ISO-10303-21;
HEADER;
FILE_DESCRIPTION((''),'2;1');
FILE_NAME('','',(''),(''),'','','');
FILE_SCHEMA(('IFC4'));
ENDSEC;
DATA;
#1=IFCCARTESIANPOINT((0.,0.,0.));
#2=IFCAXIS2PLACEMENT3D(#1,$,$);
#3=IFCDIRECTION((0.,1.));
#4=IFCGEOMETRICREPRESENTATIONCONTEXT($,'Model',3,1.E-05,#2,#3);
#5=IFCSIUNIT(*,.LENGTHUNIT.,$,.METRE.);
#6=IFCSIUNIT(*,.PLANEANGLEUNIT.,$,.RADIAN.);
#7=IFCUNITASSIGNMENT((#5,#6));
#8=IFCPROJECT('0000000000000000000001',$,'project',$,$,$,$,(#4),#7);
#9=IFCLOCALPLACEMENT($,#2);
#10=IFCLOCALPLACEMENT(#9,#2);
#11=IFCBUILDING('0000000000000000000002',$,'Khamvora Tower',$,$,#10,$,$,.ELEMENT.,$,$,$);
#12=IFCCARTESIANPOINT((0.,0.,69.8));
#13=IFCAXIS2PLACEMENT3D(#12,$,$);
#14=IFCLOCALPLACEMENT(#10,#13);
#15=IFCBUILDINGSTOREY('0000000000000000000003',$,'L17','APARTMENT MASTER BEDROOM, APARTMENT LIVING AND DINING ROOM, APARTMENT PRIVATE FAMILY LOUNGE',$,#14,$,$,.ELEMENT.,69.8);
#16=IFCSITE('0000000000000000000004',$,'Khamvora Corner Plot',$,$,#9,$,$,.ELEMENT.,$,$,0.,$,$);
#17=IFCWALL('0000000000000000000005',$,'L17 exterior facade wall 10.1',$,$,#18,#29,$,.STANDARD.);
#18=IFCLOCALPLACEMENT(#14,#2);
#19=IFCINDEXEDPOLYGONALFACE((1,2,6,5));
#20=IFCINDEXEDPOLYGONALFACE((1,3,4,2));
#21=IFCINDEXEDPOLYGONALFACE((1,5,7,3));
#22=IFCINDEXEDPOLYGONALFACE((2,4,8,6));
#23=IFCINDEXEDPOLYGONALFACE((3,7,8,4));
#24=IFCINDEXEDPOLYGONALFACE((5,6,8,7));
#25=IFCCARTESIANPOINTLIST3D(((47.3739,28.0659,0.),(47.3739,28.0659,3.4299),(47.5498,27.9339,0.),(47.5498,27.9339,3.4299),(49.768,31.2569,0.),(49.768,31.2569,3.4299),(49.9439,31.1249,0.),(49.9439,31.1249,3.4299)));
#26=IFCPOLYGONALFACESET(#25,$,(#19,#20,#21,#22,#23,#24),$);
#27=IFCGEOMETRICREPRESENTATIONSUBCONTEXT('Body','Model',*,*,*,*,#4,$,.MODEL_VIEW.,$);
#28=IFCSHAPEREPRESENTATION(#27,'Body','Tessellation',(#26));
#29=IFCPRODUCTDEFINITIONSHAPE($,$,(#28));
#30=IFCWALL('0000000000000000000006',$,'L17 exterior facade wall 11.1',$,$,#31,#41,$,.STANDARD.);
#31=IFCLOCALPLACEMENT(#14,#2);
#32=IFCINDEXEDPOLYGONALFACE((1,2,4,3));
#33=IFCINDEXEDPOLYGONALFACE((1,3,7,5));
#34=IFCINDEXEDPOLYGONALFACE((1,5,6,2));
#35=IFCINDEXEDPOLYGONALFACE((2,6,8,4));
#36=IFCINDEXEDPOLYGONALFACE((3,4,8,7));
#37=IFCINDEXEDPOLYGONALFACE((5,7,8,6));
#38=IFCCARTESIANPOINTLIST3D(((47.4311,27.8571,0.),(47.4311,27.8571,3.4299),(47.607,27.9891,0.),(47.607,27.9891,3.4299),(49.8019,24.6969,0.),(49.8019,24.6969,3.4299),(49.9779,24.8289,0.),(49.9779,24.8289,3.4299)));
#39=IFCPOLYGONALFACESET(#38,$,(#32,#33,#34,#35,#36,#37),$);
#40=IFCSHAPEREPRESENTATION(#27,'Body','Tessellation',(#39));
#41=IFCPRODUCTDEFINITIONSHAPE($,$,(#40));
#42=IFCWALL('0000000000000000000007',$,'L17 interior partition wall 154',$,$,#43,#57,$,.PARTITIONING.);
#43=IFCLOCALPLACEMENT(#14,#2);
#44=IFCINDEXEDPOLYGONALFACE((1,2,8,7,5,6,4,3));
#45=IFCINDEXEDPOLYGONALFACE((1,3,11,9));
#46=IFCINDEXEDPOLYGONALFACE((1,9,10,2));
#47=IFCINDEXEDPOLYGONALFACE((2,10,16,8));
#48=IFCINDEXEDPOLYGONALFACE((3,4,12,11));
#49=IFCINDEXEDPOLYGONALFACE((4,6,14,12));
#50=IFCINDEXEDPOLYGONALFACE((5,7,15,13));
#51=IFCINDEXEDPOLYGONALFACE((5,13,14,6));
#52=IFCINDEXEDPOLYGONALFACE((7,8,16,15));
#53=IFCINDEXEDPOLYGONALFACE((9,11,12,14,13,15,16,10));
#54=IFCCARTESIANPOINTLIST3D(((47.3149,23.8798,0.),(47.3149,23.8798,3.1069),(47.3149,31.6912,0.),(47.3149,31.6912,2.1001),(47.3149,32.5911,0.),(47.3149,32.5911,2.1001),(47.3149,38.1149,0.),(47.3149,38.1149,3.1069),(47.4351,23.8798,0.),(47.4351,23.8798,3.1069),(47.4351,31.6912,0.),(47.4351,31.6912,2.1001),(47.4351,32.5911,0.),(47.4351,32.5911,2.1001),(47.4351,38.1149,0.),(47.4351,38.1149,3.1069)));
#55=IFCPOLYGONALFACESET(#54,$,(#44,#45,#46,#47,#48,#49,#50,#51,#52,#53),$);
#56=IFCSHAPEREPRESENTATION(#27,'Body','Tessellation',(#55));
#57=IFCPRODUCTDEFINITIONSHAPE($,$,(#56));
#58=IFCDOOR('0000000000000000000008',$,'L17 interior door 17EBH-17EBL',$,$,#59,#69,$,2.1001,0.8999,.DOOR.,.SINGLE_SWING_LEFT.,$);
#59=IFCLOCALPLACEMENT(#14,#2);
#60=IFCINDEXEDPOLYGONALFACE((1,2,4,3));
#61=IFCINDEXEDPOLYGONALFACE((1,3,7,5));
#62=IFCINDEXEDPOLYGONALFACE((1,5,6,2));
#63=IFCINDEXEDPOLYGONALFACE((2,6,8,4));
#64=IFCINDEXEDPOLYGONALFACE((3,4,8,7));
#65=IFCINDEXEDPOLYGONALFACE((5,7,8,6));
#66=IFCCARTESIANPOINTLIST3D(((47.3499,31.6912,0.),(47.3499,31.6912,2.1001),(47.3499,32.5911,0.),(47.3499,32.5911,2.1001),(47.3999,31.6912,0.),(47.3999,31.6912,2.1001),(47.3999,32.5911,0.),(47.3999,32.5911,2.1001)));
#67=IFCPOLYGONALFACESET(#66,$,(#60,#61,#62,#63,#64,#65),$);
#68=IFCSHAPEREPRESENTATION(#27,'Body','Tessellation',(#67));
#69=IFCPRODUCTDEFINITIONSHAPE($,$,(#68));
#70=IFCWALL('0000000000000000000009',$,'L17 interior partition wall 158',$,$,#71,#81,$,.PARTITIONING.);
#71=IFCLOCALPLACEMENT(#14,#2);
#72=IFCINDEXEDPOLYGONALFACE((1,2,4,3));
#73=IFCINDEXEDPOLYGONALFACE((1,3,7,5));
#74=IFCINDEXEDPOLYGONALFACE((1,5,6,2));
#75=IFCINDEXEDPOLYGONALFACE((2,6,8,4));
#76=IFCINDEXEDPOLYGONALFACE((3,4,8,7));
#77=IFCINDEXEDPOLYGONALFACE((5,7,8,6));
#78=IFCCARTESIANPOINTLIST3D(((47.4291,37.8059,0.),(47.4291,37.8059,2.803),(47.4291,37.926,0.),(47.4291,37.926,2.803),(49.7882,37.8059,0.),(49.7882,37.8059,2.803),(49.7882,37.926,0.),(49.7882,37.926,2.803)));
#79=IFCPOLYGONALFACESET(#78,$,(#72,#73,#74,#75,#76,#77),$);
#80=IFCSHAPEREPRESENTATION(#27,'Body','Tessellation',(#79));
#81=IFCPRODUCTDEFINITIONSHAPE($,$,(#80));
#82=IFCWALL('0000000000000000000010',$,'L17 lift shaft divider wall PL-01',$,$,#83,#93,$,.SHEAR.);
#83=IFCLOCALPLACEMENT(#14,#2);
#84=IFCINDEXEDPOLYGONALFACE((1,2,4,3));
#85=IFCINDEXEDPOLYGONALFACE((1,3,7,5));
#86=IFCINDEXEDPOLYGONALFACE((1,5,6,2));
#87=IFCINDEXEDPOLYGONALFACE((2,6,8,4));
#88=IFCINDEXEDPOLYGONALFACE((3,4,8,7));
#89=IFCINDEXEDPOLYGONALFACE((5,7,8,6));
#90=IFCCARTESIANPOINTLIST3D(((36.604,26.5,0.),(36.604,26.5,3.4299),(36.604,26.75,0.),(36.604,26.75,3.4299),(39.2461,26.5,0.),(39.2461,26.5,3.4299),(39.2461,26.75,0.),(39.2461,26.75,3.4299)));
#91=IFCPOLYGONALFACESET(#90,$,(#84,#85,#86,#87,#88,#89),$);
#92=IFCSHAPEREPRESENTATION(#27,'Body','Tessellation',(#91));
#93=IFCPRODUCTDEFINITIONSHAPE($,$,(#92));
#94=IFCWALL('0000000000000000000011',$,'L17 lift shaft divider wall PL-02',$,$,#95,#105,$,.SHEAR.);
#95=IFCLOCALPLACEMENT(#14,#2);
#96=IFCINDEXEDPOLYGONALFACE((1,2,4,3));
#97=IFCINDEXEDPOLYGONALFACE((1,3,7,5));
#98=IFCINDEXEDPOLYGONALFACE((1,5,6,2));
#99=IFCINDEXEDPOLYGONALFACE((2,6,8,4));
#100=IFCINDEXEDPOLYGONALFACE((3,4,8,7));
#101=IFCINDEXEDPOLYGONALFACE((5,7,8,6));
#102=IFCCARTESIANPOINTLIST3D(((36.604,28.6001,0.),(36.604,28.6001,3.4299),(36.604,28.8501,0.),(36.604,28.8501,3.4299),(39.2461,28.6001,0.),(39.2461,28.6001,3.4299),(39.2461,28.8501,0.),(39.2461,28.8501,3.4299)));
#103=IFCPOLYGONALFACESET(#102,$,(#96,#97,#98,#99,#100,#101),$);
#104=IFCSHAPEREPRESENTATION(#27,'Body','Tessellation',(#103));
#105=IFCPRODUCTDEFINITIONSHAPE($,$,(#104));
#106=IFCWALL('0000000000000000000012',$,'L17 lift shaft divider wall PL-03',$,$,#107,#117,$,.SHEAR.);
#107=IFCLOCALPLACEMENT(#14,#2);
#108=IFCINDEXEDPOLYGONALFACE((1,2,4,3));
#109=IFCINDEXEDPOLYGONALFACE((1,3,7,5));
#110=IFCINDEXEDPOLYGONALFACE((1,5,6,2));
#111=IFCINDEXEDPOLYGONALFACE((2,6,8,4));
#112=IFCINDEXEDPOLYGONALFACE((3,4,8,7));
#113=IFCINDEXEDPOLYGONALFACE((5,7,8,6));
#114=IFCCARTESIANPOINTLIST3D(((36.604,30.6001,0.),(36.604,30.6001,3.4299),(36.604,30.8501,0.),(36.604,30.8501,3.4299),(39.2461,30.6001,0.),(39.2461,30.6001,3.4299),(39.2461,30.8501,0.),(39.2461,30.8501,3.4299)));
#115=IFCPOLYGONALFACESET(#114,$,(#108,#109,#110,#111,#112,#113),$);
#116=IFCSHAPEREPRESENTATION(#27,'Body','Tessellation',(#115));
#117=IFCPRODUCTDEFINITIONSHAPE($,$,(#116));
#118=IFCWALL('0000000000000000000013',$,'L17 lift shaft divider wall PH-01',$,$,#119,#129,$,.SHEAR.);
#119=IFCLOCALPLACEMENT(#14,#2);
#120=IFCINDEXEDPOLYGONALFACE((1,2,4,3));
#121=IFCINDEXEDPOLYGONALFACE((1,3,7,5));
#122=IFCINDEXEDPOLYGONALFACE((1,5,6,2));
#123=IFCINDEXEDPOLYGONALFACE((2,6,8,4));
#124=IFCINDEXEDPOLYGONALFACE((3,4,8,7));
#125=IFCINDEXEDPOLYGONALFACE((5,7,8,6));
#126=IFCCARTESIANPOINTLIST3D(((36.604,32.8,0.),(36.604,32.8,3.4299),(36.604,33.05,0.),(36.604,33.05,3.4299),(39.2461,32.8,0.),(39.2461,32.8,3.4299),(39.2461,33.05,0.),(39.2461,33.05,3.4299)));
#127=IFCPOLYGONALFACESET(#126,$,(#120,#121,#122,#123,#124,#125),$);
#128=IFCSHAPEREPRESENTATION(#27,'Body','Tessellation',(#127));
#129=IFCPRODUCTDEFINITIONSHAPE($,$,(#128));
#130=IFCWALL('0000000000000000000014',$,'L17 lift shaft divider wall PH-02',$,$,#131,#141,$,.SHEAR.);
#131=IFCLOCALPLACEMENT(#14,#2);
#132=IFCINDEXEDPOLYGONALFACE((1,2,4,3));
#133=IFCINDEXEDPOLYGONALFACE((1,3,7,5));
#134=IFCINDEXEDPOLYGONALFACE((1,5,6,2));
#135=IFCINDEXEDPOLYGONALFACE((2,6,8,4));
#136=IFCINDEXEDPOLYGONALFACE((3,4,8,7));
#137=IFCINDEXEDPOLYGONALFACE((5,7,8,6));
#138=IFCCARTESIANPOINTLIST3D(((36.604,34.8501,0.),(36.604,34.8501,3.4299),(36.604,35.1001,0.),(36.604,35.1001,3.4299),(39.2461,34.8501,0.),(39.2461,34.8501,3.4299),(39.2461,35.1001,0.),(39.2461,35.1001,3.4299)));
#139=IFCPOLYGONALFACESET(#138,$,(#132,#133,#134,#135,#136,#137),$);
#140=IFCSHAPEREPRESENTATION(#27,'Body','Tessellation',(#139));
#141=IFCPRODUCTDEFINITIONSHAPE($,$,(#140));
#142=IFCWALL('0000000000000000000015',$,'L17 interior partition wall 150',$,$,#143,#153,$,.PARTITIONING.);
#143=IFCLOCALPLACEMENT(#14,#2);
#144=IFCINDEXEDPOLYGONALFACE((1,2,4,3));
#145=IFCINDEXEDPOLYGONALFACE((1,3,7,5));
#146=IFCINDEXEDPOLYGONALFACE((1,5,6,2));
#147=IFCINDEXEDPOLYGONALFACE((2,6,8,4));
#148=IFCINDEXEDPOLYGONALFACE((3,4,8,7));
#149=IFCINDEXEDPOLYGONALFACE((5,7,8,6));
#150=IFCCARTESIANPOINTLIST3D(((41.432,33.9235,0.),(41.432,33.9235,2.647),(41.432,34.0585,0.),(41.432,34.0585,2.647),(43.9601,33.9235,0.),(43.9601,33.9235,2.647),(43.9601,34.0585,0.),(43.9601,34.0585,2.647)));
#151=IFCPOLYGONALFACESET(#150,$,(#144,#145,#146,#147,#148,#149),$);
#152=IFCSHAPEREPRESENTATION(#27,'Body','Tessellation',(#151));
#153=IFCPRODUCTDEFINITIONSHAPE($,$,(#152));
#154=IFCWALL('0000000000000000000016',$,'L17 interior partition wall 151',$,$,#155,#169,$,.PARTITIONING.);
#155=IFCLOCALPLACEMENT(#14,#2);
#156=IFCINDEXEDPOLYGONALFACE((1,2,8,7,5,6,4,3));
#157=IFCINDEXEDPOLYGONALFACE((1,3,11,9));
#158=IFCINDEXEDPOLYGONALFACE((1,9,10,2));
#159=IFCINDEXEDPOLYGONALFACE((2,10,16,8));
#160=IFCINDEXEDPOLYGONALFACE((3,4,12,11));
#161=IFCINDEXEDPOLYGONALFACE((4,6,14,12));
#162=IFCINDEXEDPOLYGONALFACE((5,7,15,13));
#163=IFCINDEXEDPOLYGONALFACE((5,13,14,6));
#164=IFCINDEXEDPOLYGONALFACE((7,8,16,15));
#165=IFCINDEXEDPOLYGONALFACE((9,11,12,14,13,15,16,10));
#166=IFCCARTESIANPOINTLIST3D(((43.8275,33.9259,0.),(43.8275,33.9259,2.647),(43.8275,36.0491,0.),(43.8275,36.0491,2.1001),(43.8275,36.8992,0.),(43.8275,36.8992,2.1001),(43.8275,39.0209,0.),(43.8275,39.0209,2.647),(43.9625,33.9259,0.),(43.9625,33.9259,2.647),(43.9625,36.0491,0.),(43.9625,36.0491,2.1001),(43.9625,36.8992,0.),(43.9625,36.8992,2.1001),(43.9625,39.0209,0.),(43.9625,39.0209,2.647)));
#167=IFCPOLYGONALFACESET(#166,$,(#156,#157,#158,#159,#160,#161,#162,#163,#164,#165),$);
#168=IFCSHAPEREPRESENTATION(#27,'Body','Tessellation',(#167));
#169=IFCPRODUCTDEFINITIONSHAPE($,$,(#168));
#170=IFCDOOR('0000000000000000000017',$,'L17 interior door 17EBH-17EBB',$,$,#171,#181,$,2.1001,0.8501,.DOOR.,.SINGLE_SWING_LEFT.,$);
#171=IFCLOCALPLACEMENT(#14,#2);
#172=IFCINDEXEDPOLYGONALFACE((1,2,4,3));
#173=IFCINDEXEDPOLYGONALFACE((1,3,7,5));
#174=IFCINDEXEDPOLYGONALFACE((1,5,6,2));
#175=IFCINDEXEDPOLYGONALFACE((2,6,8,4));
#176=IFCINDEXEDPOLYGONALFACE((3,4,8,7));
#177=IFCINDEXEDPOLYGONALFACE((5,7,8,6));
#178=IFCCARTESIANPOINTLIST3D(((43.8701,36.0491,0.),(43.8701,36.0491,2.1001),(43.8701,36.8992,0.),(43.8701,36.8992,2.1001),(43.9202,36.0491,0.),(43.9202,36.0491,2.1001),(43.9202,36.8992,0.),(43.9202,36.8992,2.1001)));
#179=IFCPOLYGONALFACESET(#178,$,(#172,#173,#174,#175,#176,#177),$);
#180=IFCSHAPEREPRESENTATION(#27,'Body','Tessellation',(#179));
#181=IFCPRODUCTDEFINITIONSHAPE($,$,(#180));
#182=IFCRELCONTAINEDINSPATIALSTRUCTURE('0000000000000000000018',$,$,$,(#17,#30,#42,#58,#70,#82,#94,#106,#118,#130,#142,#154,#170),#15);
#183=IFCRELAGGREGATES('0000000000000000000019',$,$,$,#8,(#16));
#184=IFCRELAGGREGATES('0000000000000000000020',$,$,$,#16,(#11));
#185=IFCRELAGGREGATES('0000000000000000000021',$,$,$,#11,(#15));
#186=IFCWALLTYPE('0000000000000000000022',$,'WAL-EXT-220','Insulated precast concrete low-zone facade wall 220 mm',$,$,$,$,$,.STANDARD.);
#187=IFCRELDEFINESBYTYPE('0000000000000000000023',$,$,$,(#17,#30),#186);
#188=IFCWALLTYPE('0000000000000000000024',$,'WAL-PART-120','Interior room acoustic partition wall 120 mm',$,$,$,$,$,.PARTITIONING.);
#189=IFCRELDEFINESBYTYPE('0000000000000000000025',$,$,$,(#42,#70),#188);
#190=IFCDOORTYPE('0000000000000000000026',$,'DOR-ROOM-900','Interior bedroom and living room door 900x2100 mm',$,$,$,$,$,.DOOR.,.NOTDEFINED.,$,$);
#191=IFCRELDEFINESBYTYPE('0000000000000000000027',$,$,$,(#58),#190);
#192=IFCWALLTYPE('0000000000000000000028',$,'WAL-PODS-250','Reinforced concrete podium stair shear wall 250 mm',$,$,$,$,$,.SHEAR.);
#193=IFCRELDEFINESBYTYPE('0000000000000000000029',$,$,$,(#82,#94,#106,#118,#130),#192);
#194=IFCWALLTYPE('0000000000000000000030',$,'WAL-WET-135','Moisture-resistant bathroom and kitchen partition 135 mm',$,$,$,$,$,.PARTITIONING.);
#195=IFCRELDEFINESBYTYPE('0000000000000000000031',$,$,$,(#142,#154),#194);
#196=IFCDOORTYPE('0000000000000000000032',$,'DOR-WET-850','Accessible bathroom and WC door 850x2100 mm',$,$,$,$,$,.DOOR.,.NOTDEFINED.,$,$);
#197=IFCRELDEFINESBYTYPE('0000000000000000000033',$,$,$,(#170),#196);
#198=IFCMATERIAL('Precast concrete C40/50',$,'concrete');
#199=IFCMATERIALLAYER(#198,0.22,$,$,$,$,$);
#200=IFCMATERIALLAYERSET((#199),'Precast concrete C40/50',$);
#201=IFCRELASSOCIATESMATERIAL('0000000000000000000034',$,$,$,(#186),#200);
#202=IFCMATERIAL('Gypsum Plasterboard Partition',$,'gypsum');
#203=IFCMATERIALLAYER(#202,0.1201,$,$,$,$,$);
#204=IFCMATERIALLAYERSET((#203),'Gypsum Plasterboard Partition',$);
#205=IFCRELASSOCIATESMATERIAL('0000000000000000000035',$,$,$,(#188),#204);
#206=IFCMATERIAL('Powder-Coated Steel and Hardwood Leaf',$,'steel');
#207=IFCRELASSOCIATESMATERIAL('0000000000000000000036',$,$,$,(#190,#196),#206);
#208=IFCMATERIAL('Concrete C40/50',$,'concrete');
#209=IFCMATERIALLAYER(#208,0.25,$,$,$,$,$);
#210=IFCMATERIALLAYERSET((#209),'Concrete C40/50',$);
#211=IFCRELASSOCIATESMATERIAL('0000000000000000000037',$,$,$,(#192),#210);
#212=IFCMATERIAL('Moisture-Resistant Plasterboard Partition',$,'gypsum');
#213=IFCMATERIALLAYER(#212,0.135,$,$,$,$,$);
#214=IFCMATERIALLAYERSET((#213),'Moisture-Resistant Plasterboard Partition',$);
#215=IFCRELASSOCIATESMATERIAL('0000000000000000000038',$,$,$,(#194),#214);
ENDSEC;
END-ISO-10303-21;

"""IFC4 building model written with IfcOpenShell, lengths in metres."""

from ifc_helpers import new_model, si_unit, direction, frame, frame_2d, origin, place, context, subcontext, project, spatial, rectangle, extrude, material, layer, layer_set, type_object, element, fill, save


model = new_model("IFC4")

# Units and contexts
model_context = context("Model", 3, precision=1e-05, world=origin(), true_north=direction((0.0, 1.0)))
body_context = subcontext(model_context, "Body", "Model", "MODEL_VIEW")
ifc_project = project(units=[si_unit("LENGTHUNIT", "METRE"), si_unit("PLANEANGLEUNIT", "RADIAN")], contexts=[model_context])

# Site, building, storey
site_placement = place(None, origin())
site = spatial("IfcSite", under=ifc_project, at=site_placement, Name="Khamvora Corner Plot", CompositionType="ELEMENT", RefElevation=0.0)
building_placement = place(site_placement, origin())
building = spatial("IfcBuilding", under=site, at=building_placement, Name="Khamvora Tower", CompositionType="ELEMENT")
storey_placement = place(building_placement, frame((0.0, 0.0, 69.8)))
storey = spatial("IfcBuildingStorey", under=building, at=storey_placement, Name="L17", Description="APARTMENT MASTER BEDROOM, APARTMENT LIVING AND DINING ROOM, APARTMENT PRIVATE FAMILY LOUNGE", CompositionType="ELEMENT", Elevation=69.8)

# Walls
ifc_material_1 = material(Name="Precast concrete C40/50", Category="concrete")
ifc_layer_1 = layer(ifc_material_1, 0.22)
ifc_layer_set_1 = layer_set([ifc_layer_1], Name="Precast concrete C40/50")
wall_type_1 = type_object("IfcWallType", Name="WAL-EXT-220", Description="Insulated precast concrete low-zone facade wall 220 mm", PredefinedType="STANDARD", material=ifc_layer_set_1)
wall_1_placement = place(storey_placement, frame((49.856, 31.1909, 0.0), z_axis=(0.0, 0.0, 1.0), x_axis=(-0.600137, -0.799897, 0.0)))
element("IfcWall", 1, at=wall_1_placement, inside=storey, type_object=wall_type_1, Name="L17 exterior facade wall 10.1", PredefinedType="STANDARD", context=body_context, shape_type="SweptSolid", body=[
    extrude(rectangle(XDim=3.9893, YDim=0.22, at=frame_2d((1.9946, 0.0))), origin(), (0.0, 0.0, 1.0), 3.4299),
])
wall_2_placement = place(storey_placement, frame((47.519, 27.9231, 0.0), z_axis=(0.0, 0.0, 1.0), x_axis=(0.600119, -0.799911, 0.0)))
element("IfcWall", 2, at=wall_2_placement, inside=storey, type_object=wall_type_1, Name="L17 exterior facade wall 11.1", PredefinedType="STANDARD", context=body_context, shape_type="SweptSolid", body=[
    extrude(rectangle(XDim=3.9507, YDim=0.22, at=frame_2d((1.9753, 0.0))), origin(), (0.0, 0.0, 1.0), 3.4299),
])

# Wall, opening, door
ifc_material_2 = material(Name="Gypsum Plasterboard Partition", Category="gypsum")
ifc_layer_2 = layer(ifc_material_2, 0.1201)
ifc_layer_set_2 = layer_set([ifc_layer_2], Name="Gypsum Plasterboard Partition")
wall_type_2 = type_object("IfcWallType", Name="WAL-PART-120", Description="Interior room acoustic partition wall 120 mm", PredefinedType="PARTITIONING", material=ifc_layer_set_2)
wall_3_placement = place(storey_placement, frame((47.375, 38.115, 0.0), z_axis=(0.0, 0.0, 1.0), x_axis=(0.0, -1.0, 0.0)))
wall_3 = element("IfcWall", 3, at=wall_3_placement, inside=storey, type_object=wall_type_2, Name="L17 interior partition wall 154", PredefinedType="PARTITIONING", context=body_context, shape_type="SweptSolid", body=[
    extrude(rectangle(XDim=14.2351, YDim=0.1201, at=frame_2d((7.1177, 0.0))), origin(), (0.0, 0.0, 1.0), 3.1069),
])
opening_1_placement = place(wall_3_placement, frame((5.5239, 0.0, 0.0)))
opening_1 = element("IfcOpeningElement", 4, at=opening_1_placement, cuts=wall_3, PredefinedType="OPENING", context=body_context, shape_type="SweptSolid", body=[
    extrude(rectangle(XDim=0.8999, YDim=2.1001, at=frame_2d((0.45, 1.05))), frame((0.0, 0.0701, 0.0), z_axis=(0.0, -1.0, 0.0), x_axis=(1.0, 0.0, 0.0)), (0.0, 0.0, 1.0), 0.1401),
])
ifc_material_3 = material(Name="Powder-Coated Steel and Hardwood Leaf", Category="steel")
door_type_1 = type_object("IfcDoorType", Name="DOR-ROOM-900", Description="Interior bedroom and living room door 900x2100 mm", OperationType="NOTDEFINED", PredefinedType="DOOR", material=ifc_material_3)
door_1_placement = place(opening_1_placement, origin())
door_1 = element("IfcDoor", 5, at=door_1_placement, inside=storey, type_object=door_type_1, Name="L17 interior door 17EBH-17EBL", OperationType="SINGLE_SWING_LEFT", OverallHeight=2.1001, OverallWidth=0.8999, PredefinedType="DOOR", context=body_context, shape_type="SweptSolid", body=[
    extrude(rectangle(XDim=0.8999, YDim=2.1001, at=frame_2d((0.45, 1.05))), frame((0.0, 0.0249, 0.0), z_axis=(0.0, -1.0, 0.0), x_axis=(1.0, 0.0, 0.0)), (0.0, 0.0, 1.0), 0.05),
])
fill(opening_1, door_1)

# Walls
wall_4_placement = place(storey_placement, frame((47.429, 37.866, 0.0), z_axis=(0.0, 0.0, 1.0), x_axis=(1.0, 0.0, 0.0)))
element("IfcWall", 6, at=wall_4_placement, inside=storey, type_object=wall_type_2, Name="L17 interior partition wall 158", PredefinedType="PARTITIONING", context=body_context, shape_type="SweptSolid", body=[
    extrude(rectangle(XDim=2.3591, YDim=0.1201, at=frame_2d((1.1797, 0.0))), origin(), (0.0, 0.0, 1.0), 2.803),
])
ifc_material_4 = material(Name="Concrete C40/50", Category="concrete")
ifc_layer_3 = layer(ifc_material_4, 0.25)
ifc_layer_set_3 = layer_set([ifc_layer_3], Name="Concrete C40/50")
wall_type_3 = type_object("IfcWallType", Name="WAL-PODS-250", Description="Reinforced concrete podium stair shear wall 250 mm", PredefinedType="SHEAR", material=ifc_layer_set_3)
for number, where, z_axis, x_axis, name in (
    (7, (36.604, 26.625, 0.0), (0.0, 0.0, 1.0), (1.0, 0.0, 0.0), "L17 lift shaft divider wall PL-01"),
    (8, (36.604, 28.7251, 0.0), (0.0, 0.0, 1.0), (1.0, 0.0, 0.0), "L17 lift shaft divider wall PL-02"),
    (9, (36.604, 30.7251, 0.0), (0.0, 0.0, 1.0), (1.0, 0.0, 0.0), "L17 lift shaft divider wall PL-03"),
    (10, (36.604, 32.925, 0.0), (0.0, 0.0, 1.0), (1.0, 0.0, 0.0), "L17 lift shaft divider wall PH-01"),
    (11, (36.604, 34.9751, 0.0), (0.0, 0.0, 1.0), (1.0, 0.0, 0.0), "L17 lift shaft divider wall PH-02"),
):
    element("IfcWall", number, at=place(storey_placement, frame(where, z_axis=z_axis, x_axis=x_axis)), inside=storey, type_object=wall_type_3, Name=name, PredefinedType="SHEAR", context=body_context, shape_type="SweptSolid", body=[
        extrude(rectangle(XDim=2.6421, YDim=0.25, at=frame_2d((1.321, 0.0))), origin(), (0.0, 0.0, 1.0), 3.4299),
    ])
ifc_material_5 = material(Name="Moisture-Resistant Plasterboard Partition", Category="gypsum")
ifc_layer_4 = layer(ifc_material_5, 0.135)
ifc_layer_set_4 = layer_set([ifc_layer_4], Name="Moisture-Resistant Plasterboard Partition")
wall_type_4 = type_object("IfcWallType", Name="WAL-WET-135", Description="Moisture-resistant bathroom and kitchen partition 135 mm", PredefinedType="PARTITIONING", material=ifc_layer_set_4)
wall_5_placement = place(storey_placement, frame((41.4319, 33.991, 0.0), z_axis=(0.0, 0.0, 1.0), x_axis=(1.0, 0.0, 0.0)))
element("IfcWall", 12, at=wall_5_placement, inside=storey, type_object=wall_type_4, Name="L17 interior partition wall 150", PredefinedType="PARTITIONING", context=body_context, shape_type="SweptSolid", body=[
    extrude(rectangle(XDim=2.5281, YDim=0.135, at=frame_2d((1.2642, 0.0))), origin(), (0.0, 0.0, 1.0), 2.647),
])

# Wall, opening, door
wall_6_placement = place(storey_placement, frame((43.895, 33.926, 0.0), z_axis=(0.0, 0.0, 1.0), x_axis=(0.0, 1.0, 0.0)))
wall_6 = element("IfcWall", 13, at=wall_6_placement, inside=storey, type_object=wall_type_4, Name="L17 interior partition wall 151", PredefinedType="PARTITIONING", context=body_context, shape_type="SweptSolid", body=[
    extrude(rectangle(XDim=5.095, YDim=0.135, at=frame_2d((2.5474, 0.0))), origin(), (0.0, 0.0, 1.0), 2.647),
])
opening_2_placement = place(wall_6_placement, frame((2.123, 0.0, 0.0)))
opening_2 = element("IfcOpeningElement", 14, at=opening_2_placement, cuts=wall_6, PredefinedType="OPENING", context=body_context, shape_type="SweptSolid", body=[
    extrude(rectangle(XDim=0.8501, YDim=2.1001, at=frame_2d((0.425, 1.05))), frame((0.0, 0.0774, 0.0), z_axis=(0.0, -1.0, 0.0), x_axis=(1.0, 0.0, 0.0)), (0.0, 0.0, 1.0), 0.155),
])
door_type_2 = type_object("IfcDoorType", Name="DOR-WET-850", Description="Accessible bathroom and WC door 850x2100 mm", OperationType="NOTDEFINED", PredefinedType="DOOR", material=ifc_material_3)
door_2_placement = place(opening_2_placement, origin())
door_2 = element("IfcDoor", 15, at=door_2_placement, inside=storey, type_object=door_type_2, Name="L17 interior door 17EBH-17EBB", OperationType="SINGLE_SWING_LEFT", OverallHeight=2.1001, OverallWidth=0.8501, PredefinedType="DOOR", context=body_context, shape_type="SweptSolid", body=[
    extrude(rectangle(XDim=0.8501, YDim=2.1001, at=frame_2d((0.425, 1.05))), frame((0.0, 0.0249, 0.0), z_axis=(0.0, -1.0, 0.0), x_axis=(1.0, 0.0, 0.0)), (0.0, 0.0, 1.0), 0.05),
])
fill(opening_2, door_2)

save(model, "model.ifc")
